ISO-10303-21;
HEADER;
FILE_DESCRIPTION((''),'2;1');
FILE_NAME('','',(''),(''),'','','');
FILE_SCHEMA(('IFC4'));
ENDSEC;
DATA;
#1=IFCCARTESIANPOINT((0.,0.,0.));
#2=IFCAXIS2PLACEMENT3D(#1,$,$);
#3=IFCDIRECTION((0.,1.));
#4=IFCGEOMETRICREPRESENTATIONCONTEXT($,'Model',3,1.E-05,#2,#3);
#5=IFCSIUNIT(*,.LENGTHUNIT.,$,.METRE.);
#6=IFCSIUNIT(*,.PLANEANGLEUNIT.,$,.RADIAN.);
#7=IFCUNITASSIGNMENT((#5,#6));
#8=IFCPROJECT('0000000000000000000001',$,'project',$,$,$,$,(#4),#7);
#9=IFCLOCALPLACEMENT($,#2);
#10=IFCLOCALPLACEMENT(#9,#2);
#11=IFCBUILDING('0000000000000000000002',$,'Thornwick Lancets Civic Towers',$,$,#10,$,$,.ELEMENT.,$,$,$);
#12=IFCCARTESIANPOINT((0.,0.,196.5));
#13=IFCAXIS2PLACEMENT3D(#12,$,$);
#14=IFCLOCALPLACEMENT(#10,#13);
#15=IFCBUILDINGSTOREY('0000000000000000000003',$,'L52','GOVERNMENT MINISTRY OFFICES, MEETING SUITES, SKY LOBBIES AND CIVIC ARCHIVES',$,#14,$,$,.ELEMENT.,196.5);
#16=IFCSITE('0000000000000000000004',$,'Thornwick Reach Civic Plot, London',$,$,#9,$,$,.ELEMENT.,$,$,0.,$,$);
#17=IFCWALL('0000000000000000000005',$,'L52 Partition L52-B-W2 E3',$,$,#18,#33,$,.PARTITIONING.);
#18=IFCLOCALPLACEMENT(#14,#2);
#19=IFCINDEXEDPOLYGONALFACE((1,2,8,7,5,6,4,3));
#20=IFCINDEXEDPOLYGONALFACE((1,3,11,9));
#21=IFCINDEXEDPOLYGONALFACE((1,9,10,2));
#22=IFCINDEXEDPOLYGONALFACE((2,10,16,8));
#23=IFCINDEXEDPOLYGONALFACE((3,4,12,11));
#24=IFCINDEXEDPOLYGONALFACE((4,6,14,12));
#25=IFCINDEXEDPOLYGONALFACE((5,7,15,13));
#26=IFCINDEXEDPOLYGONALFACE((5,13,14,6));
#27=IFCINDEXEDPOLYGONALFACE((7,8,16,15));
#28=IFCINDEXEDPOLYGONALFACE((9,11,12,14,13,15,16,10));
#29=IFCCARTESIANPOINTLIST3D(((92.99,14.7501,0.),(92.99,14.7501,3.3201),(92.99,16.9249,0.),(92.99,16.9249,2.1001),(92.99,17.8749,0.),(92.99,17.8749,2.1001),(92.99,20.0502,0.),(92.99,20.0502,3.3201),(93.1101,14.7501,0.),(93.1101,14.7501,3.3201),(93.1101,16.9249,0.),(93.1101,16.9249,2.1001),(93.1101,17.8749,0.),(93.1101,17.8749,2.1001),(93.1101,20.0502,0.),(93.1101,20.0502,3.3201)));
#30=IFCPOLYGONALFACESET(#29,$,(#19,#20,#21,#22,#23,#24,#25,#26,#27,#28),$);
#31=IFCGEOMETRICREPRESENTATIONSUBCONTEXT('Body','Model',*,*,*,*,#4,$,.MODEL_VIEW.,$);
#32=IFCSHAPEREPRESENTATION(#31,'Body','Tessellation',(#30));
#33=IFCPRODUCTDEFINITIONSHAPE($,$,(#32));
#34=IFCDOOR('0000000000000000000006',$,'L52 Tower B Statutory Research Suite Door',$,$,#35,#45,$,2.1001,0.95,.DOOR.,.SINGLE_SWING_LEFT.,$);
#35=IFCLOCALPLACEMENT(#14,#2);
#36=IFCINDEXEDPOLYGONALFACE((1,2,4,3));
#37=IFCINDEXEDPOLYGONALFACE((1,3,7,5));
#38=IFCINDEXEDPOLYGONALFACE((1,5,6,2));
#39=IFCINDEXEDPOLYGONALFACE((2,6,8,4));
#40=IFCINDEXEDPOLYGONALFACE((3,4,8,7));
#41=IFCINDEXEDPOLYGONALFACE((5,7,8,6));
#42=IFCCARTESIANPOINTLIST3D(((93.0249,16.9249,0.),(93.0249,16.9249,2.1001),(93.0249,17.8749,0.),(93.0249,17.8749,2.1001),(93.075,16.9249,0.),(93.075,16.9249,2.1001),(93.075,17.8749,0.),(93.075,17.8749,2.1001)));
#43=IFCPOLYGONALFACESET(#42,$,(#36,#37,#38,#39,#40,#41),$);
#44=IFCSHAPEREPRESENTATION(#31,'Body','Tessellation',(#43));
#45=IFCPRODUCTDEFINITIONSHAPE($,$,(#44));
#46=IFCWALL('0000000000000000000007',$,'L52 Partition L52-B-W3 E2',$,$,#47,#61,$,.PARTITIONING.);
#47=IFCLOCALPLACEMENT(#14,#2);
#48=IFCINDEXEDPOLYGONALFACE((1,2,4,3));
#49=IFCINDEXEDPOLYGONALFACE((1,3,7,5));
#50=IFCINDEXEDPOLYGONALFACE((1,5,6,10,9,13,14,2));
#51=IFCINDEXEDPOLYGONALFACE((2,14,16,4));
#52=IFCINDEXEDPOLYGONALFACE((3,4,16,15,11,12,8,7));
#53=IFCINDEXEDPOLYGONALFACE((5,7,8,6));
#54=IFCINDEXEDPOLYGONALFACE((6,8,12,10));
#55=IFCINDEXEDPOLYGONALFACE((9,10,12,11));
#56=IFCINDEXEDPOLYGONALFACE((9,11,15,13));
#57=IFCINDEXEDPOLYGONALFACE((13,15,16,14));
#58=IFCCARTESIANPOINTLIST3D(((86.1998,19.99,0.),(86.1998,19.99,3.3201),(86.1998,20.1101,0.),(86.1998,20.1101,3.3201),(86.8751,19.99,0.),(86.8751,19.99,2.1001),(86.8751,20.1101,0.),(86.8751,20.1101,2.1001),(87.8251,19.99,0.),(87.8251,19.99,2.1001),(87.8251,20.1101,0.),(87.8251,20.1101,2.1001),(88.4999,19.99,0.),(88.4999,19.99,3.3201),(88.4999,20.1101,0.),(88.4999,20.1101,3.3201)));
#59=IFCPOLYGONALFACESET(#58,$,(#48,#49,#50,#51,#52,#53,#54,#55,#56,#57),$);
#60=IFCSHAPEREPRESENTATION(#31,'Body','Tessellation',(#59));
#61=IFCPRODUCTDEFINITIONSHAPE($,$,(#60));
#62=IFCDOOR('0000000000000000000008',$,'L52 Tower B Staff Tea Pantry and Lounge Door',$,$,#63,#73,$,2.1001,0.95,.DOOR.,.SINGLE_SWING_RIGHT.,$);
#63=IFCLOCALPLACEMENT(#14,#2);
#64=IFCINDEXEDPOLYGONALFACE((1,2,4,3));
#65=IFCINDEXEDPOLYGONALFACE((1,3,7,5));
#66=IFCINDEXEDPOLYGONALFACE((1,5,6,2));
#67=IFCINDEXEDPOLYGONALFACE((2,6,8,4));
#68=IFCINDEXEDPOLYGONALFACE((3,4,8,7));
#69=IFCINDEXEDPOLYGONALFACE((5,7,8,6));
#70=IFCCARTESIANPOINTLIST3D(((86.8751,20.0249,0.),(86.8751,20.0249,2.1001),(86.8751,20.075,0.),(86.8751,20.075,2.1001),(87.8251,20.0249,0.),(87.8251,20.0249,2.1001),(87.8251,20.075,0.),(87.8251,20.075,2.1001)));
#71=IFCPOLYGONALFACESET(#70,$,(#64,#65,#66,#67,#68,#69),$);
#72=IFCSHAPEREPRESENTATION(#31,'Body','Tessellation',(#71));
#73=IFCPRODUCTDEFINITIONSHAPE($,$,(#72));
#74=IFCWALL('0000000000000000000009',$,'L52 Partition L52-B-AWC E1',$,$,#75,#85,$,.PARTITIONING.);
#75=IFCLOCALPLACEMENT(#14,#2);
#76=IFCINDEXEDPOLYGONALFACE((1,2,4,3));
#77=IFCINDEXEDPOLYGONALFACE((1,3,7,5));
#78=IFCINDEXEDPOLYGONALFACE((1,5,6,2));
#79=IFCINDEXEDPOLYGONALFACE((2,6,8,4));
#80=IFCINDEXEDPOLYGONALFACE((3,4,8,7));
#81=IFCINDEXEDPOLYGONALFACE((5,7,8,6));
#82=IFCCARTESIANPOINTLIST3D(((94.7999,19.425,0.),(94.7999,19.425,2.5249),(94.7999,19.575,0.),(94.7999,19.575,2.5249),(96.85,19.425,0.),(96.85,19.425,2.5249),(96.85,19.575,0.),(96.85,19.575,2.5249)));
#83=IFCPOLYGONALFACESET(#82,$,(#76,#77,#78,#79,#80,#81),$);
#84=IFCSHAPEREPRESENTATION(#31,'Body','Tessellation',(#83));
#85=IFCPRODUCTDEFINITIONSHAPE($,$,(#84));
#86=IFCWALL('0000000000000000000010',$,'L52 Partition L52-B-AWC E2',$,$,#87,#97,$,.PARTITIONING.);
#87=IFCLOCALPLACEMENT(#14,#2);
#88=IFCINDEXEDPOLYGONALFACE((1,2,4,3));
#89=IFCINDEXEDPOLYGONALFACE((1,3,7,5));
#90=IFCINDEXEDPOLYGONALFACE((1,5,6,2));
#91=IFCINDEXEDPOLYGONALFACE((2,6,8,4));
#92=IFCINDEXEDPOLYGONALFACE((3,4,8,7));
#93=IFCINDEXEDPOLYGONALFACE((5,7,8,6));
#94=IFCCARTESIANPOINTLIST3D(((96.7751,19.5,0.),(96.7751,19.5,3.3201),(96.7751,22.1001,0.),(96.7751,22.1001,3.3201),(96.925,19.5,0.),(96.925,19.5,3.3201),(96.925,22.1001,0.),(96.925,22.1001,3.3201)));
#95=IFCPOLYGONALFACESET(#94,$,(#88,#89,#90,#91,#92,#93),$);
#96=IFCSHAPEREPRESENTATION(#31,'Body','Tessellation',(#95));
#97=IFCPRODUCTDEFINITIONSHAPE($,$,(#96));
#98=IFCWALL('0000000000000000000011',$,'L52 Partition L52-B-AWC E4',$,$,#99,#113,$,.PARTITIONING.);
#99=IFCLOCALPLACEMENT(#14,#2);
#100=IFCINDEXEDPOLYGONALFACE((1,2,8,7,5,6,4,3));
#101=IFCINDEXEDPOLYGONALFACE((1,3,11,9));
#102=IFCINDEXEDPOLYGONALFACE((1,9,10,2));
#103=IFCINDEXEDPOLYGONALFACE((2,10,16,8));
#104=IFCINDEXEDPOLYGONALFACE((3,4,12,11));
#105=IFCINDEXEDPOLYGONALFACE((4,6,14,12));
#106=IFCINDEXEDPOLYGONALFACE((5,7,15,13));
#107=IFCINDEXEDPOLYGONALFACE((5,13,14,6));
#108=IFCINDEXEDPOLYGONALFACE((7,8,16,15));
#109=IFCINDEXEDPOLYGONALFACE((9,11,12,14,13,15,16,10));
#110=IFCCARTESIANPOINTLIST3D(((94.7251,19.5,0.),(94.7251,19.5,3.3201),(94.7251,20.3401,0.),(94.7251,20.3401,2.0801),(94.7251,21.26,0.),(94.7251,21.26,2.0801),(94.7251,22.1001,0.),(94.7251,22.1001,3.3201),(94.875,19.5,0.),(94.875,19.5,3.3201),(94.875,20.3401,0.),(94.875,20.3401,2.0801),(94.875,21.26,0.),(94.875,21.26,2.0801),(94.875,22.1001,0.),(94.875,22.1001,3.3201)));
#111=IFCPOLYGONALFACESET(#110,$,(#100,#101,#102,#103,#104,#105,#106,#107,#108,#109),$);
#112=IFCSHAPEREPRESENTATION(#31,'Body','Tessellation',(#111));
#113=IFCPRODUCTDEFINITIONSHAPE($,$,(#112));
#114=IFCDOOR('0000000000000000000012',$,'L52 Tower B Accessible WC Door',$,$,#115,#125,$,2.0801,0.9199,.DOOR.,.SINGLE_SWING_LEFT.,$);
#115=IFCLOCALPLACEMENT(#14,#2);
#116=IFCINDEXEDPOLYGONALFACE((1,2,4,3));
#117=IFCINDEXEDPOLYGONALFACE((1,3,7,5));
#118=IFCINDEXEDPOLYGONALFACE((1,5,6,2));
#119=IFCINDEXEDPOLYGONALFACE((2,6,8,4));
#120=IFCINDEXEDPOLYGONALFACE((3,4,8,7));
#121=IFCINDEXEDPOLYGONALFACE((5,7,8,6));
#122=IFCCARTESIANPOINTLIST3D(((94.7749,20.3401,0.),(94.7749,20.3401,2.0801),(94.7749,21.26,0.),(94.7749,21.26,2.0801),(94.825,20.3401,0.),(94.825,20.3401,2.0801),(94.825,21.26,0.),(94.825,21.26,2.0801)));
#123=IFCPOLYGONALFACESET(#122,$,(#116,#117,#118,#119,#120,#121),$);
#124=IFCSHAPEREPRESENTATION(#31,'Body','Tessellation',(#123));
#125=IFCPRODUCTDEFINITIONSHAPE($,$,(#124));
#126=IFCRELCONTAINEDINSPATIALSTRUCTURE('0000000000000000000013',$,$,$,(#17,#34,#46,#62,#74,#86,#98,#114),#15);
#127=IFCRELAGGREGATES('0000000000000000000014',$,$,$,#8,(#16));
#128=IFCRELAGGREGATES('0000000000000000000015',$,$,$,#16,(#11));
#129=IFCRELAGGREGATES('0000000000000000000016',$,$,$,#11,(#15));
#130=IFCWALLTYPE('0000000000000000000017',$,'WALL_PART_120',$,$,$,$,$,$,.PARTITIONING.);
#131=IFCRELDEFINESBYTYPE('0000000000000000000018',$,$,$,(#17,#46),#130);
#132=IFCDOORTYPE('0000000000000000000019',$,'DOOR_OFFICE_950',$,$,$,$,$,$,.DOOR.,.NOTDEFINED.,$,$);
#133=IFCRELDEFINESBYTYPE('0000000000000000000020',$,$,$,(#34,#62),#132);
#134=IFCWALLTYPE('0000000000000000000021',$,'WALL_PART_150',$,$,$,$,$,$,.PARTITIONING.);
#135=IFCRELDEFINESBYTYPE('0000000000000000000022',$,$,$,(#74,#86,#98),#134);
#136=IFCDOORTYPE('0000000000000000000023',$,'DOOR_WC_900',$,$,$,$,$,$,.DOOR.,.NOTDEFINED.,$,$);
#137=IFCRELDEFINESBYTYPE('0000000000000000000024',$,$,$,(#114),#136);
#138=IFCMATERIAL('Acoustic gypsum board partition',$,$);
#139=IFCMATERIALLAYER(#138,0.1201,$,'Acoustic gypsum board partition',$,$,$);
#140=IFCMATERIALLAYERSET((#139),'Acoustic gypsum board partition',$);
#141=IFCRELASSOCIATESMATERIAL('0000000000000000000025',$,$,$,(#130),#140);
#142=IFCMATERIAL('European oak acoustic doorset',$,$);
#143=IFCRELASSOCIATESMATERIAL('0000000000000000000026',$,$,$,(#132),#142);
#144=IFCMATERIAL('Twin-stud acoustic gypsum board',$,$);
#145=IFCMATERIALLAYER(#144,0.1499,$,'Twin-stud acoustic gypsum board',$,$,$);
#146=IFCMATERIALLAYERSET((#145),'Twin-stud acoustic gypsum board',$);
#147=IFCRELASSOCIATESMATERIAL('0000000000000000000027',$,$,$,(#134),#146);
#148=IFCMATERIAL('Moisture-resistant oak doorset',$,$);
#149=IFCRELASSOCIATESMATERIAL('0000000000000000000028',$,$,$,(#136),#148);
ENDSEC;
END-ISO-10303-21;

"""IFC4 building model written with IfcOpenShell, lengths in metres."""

from ifc_helpers import new_model, si_unit, direction, frame, frame_2d, origin, place, context, subcontext, project, spatial, rectangle, extrude, material, layer, layer_set, type_object, element, fill, save


model = new_model("IFC4")

# Units and contexts
model_context = context("Model", 3, precision=1e-05, world=origin(), true_north=direction((0.0, 1.0)))
body_context = subcontext(model_context, "Body", "Model", "MODEL_VIEW")
ifc_project = project(units=[si_unit("LENGTHUNIT", "METRE"), si_unit("PLANEANGLEUNIT", "RADIAN")], contexts=[model_context])

# Site, building, storey
site_placement = place(None, origin())
site = spatial("IfcSite", under=ifc_project, at=site_placement, Name="Thornwick Reach Civic Plot, London", CompositionType="ELEMENT", RefElevation=0.0)
building_placement = place(site_placement, origin())
building = spatial("IfcBuilding", under=site, at=building_placement, Name="Thornwick Lancets Civic Towers", CompositionType="ELEMENT")
storey_placement = place(building_placement, frame((0.0, 0.0, 196.5)))
storey = spatial("IfcBuildingStorey", under=building, at=storey_placement, Name="L52", Description="GOVERNMENT MINISTRY OFFICES, MEETING SUITES, SKY LOBBIES AND CIVIC ARCHIVES", CompositionType="ELEMENT", Elevation=196.5)

# Shared definitions
ifc_material_1 = material(Name="Acoustic gypsum board partition")
ifc_layer_1 = layer(ifc_material_1, 0.1201, Name="Acoustic gypsum board partition")
ifc_layer_set_1 = layer_set([ifc_layer_1], Name="Acoustic gypsum board partition")
wall_type_1 = type_object("IfcWallType", Name="WALL_PART_120", PredefinedType="PARTITIONING", material=ifc_layer_set_1)

# Walls, openings, doors
wall_1_placement = place(storey_placement, frame((93.05, 20.05, 0.0), z_axis=(0.0, 0.0, 1.0), x_axis=(0.0, -1.0, 0.0)))
wall_1 = element("IfcWall", 1, at=wall_1_placement, inside=storey, type_object=wall_type_1, Name="L52 Partition L52-B-W2 E3", PredefinedType="PARTITIONING", context=body_context, shape_type="SweptSolid", body=[
    extrude(rectangle(XDim=5.3, YDim=0.1201, at=frame_2d((2.6499, 0.0))), origin(), (0.0, 0.0, 1.0), 3.3201),
])
opening_1_placement = place(wall_1_placement, frame((2.175, 0.0, 0.0)))
opening_1 = element("IfcOpeningElement", 2, at=opening_1_placement, cuts=wall_1, PredefinedType="OPENING", context=body_context, shape_type="SweptSolid", body=[
    extrude(rectangle(XDim=0.95, YDim=2.1001, at=frame_2d((0.4751, 1.05))), frame((0.0, 0.0701, 0.0), z_axis=(0.0, -1.0, 0.0), x_axis=(1.0, 0.0, 0.0)), (0.0, 0.0, 1.0), 0.1401),
])
ifc_material_2 = material(Name="European oak acoustic doorset")
door_type_1 = type_object("IfcDoorType", Name="DOOR_OFFICE_950", OperationType="NOTDEFINED", PredefinedType="DOOR", material=ifc_material_2)
door_1_placement = place(opening_1_placement, origin())
door_1 = element("IfcDoor", 3, at=door_1_placement, inside=storey, type_object=door_type_1, Name="L52 Tower B Statutory Research Suite Door", OperationType="SINGLE_SWING_LEFT", OverallHeight=2.1001, OverallWidth=0.95, PredefinedType="DOOR", context=body_context, shape_type="SweptSolid", body=[
    extrude(rectangle(XDim=0.95, YDim=2.1001, at=frame_2d((0.4751, 1.05))), frame((0.0, 0.0249, 0.0), z_axis=(0.0, -1.0, 0.0), x_axis=(1.0, 0.0, 0.0)), (0.0, 0.0, 1.0), 0.05),
])
fill(opening_1, door_1)
wall_2_placement = place(storey_placement, frame((86.2, 20.05, 0.0), z_axis=(0.0, 0.0, 1.0), x_axis=(1.0, 0.0, 0.0)))
wall_2 = element("IfcWall", 4, at=wall_2_placement, inside=storey, type_object=wall_type_1, Name="L52 Partition L52-B-W3 E2", PredefinedType="PARTITIONING", context=body_context, shape_type="SweptSolid", body=[
    extrude(rectangle(XDim=2.3, YDim=0.1201, at=frame_2d((1.1499, 0.0))), origin(), (0.0, 0.0, 1.0), 3.3201),
])
opening_2_placement = place(wall_2_placement, frame((0.675, 0.0, 0.0)))
opening_2 = element("IfcOpeningElement", 5, at=opening_2_placement, cuts=wall_2, PredefinedType="OPENING", context=body_context, shape_type="SweptSolid", body=[
    extrude(rectangle(XDim=0.95, YDim=2.1001, at=frame_2d((0.4751, 1.05))), frame((0.0, 0.0701, 0.0), z_axis=(0.0, -1.0, 0.0), x_axis=(1.0, 0.0, 0.0)), (0.0, 0.0, 1.0), 0.1401),
])
door_2_placement = place(opening_2_placement, origin())
door_2 = element("IfcDoor", 6, at=door_2_placement, inside=storey, type_object=door_type_1, Name="L52 Tower B Staff Tea Pantry and Lounge Door", OperationType="SINGLE_SWING_RIGHT", OverallHeight=2.1001, OverallWidth=0.95, PredefinedType="DOOR", context=body_context, shape_type="SweptSolid", body=[
    extrude(rectangle(XDim=0.95, YDim=2.1001, at=frame_2d((0.4751, 1.05))), frame((0.0, 0.0249, 0.0), z_axis=(0.0, -1.0, 0.0), x_axis=(1.0, 0.0, 0.0)), (0.0, 0.0, 1.0), 0.05),
])
fill(opening_2, door_2)

# Walls
ifc_material_3 = material(Name="Twin-stud acoustic gypsum board")
ifc_layer_2 = layer(ifc_material_3, 0.1499, Name="Twin-stud acoustic gypsum board")
ifc_layer_set_2 = layer_set([ifc_layer_2], Name="Twin-stud acoustic gypsum board")
wall_type_2 = type_object("IfcWallType", Name="WALL_PART_150", PredefinedType="PARTITIONING", material=ifc_layer_set_2)
wall_3_placement = place(storey_placement, frame((94.8, 19.5, 0.0), z_axis=(0.0, 0.0, 1.0), x_axis=(1.0, 0.0, 0.0)))
element("IfcWall", 7, at=wall_3_placement, inside=storey, type_object=wall_type_2, Name="L52 Partition L52-B-AWC E1", PredefinedType="PARTITIONING", context=body_context, shape_type="SweptSolid", body=[
    extrude(rectangle(XDim=2.05, YDim=0.1499, at=frame_2d((1.0249, 0.0))), origin(), (0.0, 0.0, 1.0), 2.5249),
])
wall_4_placement = place(storey_placement, frame((96.8501, 19.5, 0.0), z_axis=(0.0, 0.0, 1.0), x_axis=(0.0, 1.0, 0.0)))
element("IfcWall", 8, at=wall_4_placement, inside=storey, type_object=wall_type_2, Name="L52 Partition L52-B-AWC E2", PredefinedType="PARTITIONING", context=body_context, shape_type="SweptSolid", body=[
    extrude(rectangle(XDim=2.6001, YDim=0.1499, at=frame_2d((1.3, 0.0))), origin(), (0.0, 0.0, 1.0), 3.3201),
])

# Wall, opening, door
wall_5_placement = place(storey_placement, frame((94.8, 22.1001, 0.0), z_axis=(0.0, 0.0, 1.0), x_axis=(0.0, -1.0, 0.0)))
wall_5 = element("IfcWall", 9, at=wall_5_placement, inside=storey, type_object=wall_type_2, Name="L52 Partition L52-B-AWC E4", PredefinedType="PARTITIONING", context=body_context, shape_type="SweptSolid", body=[
    extrude(rectangle(XDim=2.6001, YDim=0.1499, at=frame_2d((1.3, 0.0))), origin(), (0.0, 0.0, 1.0), 3.3201),
])
opening_3_placement = place(wall_5_placement, frame((0.8401, 0.0, 0.0)))
opening_3 = element("IfcOpeningElement", 10, at=opening_3_placement, cuts=wall_5, PredefinedType="OPENING", context=body_context, shape_type="SweptSolid", body=[
    extrude(rectangle(XDim=0.9199, YDim=2.0801, at=frame_2d((0.46, 1.04))), frame((0.0, 0.085, 0.0), z_axis=(0.0, -1.0, 0.0), x_axis=(1.0, 0.0, 0.0)), (0.0, 0.0, 1.0), 0.1699),
])
ifc_material_4 = material(Name="Moisture-resistant oak doorset")
door_type_2 = type_object("IfcDoorType", Name="DOOR_WC_900", OperationType="NOTDEFINED", PredefinedType="DOOR", material=ifc_material_4)
door_3_placement = place(opening_3_placement, origin())
door_3 = element("IfcDoor", 11, at=door_3_placement, inside=storey, type_object=door_type_2, Name="L52 Tower B Accessible WC Door", OperationType="SINGLE_SWING_LEFT", OverallHeight=2.0801, OverallWidth=0.9199, PredefinedType="DOOR", context=body_context, shape_type="SweptSolid", body=[
    extrude(rectangle(XDim=0.9199, YDim=2.0801, at=frame_2d((0.46, 1.04))), frame((0.0, 0.0249, 0.0), z_axis=(0.0, -1.0, 0.0), x_axis=(1.0, 0.0, 0.0)), (0.0, 0.0, 1.0), 0.05),
])
fill(opening_3, door_3)

save(model, "model.ifc")
